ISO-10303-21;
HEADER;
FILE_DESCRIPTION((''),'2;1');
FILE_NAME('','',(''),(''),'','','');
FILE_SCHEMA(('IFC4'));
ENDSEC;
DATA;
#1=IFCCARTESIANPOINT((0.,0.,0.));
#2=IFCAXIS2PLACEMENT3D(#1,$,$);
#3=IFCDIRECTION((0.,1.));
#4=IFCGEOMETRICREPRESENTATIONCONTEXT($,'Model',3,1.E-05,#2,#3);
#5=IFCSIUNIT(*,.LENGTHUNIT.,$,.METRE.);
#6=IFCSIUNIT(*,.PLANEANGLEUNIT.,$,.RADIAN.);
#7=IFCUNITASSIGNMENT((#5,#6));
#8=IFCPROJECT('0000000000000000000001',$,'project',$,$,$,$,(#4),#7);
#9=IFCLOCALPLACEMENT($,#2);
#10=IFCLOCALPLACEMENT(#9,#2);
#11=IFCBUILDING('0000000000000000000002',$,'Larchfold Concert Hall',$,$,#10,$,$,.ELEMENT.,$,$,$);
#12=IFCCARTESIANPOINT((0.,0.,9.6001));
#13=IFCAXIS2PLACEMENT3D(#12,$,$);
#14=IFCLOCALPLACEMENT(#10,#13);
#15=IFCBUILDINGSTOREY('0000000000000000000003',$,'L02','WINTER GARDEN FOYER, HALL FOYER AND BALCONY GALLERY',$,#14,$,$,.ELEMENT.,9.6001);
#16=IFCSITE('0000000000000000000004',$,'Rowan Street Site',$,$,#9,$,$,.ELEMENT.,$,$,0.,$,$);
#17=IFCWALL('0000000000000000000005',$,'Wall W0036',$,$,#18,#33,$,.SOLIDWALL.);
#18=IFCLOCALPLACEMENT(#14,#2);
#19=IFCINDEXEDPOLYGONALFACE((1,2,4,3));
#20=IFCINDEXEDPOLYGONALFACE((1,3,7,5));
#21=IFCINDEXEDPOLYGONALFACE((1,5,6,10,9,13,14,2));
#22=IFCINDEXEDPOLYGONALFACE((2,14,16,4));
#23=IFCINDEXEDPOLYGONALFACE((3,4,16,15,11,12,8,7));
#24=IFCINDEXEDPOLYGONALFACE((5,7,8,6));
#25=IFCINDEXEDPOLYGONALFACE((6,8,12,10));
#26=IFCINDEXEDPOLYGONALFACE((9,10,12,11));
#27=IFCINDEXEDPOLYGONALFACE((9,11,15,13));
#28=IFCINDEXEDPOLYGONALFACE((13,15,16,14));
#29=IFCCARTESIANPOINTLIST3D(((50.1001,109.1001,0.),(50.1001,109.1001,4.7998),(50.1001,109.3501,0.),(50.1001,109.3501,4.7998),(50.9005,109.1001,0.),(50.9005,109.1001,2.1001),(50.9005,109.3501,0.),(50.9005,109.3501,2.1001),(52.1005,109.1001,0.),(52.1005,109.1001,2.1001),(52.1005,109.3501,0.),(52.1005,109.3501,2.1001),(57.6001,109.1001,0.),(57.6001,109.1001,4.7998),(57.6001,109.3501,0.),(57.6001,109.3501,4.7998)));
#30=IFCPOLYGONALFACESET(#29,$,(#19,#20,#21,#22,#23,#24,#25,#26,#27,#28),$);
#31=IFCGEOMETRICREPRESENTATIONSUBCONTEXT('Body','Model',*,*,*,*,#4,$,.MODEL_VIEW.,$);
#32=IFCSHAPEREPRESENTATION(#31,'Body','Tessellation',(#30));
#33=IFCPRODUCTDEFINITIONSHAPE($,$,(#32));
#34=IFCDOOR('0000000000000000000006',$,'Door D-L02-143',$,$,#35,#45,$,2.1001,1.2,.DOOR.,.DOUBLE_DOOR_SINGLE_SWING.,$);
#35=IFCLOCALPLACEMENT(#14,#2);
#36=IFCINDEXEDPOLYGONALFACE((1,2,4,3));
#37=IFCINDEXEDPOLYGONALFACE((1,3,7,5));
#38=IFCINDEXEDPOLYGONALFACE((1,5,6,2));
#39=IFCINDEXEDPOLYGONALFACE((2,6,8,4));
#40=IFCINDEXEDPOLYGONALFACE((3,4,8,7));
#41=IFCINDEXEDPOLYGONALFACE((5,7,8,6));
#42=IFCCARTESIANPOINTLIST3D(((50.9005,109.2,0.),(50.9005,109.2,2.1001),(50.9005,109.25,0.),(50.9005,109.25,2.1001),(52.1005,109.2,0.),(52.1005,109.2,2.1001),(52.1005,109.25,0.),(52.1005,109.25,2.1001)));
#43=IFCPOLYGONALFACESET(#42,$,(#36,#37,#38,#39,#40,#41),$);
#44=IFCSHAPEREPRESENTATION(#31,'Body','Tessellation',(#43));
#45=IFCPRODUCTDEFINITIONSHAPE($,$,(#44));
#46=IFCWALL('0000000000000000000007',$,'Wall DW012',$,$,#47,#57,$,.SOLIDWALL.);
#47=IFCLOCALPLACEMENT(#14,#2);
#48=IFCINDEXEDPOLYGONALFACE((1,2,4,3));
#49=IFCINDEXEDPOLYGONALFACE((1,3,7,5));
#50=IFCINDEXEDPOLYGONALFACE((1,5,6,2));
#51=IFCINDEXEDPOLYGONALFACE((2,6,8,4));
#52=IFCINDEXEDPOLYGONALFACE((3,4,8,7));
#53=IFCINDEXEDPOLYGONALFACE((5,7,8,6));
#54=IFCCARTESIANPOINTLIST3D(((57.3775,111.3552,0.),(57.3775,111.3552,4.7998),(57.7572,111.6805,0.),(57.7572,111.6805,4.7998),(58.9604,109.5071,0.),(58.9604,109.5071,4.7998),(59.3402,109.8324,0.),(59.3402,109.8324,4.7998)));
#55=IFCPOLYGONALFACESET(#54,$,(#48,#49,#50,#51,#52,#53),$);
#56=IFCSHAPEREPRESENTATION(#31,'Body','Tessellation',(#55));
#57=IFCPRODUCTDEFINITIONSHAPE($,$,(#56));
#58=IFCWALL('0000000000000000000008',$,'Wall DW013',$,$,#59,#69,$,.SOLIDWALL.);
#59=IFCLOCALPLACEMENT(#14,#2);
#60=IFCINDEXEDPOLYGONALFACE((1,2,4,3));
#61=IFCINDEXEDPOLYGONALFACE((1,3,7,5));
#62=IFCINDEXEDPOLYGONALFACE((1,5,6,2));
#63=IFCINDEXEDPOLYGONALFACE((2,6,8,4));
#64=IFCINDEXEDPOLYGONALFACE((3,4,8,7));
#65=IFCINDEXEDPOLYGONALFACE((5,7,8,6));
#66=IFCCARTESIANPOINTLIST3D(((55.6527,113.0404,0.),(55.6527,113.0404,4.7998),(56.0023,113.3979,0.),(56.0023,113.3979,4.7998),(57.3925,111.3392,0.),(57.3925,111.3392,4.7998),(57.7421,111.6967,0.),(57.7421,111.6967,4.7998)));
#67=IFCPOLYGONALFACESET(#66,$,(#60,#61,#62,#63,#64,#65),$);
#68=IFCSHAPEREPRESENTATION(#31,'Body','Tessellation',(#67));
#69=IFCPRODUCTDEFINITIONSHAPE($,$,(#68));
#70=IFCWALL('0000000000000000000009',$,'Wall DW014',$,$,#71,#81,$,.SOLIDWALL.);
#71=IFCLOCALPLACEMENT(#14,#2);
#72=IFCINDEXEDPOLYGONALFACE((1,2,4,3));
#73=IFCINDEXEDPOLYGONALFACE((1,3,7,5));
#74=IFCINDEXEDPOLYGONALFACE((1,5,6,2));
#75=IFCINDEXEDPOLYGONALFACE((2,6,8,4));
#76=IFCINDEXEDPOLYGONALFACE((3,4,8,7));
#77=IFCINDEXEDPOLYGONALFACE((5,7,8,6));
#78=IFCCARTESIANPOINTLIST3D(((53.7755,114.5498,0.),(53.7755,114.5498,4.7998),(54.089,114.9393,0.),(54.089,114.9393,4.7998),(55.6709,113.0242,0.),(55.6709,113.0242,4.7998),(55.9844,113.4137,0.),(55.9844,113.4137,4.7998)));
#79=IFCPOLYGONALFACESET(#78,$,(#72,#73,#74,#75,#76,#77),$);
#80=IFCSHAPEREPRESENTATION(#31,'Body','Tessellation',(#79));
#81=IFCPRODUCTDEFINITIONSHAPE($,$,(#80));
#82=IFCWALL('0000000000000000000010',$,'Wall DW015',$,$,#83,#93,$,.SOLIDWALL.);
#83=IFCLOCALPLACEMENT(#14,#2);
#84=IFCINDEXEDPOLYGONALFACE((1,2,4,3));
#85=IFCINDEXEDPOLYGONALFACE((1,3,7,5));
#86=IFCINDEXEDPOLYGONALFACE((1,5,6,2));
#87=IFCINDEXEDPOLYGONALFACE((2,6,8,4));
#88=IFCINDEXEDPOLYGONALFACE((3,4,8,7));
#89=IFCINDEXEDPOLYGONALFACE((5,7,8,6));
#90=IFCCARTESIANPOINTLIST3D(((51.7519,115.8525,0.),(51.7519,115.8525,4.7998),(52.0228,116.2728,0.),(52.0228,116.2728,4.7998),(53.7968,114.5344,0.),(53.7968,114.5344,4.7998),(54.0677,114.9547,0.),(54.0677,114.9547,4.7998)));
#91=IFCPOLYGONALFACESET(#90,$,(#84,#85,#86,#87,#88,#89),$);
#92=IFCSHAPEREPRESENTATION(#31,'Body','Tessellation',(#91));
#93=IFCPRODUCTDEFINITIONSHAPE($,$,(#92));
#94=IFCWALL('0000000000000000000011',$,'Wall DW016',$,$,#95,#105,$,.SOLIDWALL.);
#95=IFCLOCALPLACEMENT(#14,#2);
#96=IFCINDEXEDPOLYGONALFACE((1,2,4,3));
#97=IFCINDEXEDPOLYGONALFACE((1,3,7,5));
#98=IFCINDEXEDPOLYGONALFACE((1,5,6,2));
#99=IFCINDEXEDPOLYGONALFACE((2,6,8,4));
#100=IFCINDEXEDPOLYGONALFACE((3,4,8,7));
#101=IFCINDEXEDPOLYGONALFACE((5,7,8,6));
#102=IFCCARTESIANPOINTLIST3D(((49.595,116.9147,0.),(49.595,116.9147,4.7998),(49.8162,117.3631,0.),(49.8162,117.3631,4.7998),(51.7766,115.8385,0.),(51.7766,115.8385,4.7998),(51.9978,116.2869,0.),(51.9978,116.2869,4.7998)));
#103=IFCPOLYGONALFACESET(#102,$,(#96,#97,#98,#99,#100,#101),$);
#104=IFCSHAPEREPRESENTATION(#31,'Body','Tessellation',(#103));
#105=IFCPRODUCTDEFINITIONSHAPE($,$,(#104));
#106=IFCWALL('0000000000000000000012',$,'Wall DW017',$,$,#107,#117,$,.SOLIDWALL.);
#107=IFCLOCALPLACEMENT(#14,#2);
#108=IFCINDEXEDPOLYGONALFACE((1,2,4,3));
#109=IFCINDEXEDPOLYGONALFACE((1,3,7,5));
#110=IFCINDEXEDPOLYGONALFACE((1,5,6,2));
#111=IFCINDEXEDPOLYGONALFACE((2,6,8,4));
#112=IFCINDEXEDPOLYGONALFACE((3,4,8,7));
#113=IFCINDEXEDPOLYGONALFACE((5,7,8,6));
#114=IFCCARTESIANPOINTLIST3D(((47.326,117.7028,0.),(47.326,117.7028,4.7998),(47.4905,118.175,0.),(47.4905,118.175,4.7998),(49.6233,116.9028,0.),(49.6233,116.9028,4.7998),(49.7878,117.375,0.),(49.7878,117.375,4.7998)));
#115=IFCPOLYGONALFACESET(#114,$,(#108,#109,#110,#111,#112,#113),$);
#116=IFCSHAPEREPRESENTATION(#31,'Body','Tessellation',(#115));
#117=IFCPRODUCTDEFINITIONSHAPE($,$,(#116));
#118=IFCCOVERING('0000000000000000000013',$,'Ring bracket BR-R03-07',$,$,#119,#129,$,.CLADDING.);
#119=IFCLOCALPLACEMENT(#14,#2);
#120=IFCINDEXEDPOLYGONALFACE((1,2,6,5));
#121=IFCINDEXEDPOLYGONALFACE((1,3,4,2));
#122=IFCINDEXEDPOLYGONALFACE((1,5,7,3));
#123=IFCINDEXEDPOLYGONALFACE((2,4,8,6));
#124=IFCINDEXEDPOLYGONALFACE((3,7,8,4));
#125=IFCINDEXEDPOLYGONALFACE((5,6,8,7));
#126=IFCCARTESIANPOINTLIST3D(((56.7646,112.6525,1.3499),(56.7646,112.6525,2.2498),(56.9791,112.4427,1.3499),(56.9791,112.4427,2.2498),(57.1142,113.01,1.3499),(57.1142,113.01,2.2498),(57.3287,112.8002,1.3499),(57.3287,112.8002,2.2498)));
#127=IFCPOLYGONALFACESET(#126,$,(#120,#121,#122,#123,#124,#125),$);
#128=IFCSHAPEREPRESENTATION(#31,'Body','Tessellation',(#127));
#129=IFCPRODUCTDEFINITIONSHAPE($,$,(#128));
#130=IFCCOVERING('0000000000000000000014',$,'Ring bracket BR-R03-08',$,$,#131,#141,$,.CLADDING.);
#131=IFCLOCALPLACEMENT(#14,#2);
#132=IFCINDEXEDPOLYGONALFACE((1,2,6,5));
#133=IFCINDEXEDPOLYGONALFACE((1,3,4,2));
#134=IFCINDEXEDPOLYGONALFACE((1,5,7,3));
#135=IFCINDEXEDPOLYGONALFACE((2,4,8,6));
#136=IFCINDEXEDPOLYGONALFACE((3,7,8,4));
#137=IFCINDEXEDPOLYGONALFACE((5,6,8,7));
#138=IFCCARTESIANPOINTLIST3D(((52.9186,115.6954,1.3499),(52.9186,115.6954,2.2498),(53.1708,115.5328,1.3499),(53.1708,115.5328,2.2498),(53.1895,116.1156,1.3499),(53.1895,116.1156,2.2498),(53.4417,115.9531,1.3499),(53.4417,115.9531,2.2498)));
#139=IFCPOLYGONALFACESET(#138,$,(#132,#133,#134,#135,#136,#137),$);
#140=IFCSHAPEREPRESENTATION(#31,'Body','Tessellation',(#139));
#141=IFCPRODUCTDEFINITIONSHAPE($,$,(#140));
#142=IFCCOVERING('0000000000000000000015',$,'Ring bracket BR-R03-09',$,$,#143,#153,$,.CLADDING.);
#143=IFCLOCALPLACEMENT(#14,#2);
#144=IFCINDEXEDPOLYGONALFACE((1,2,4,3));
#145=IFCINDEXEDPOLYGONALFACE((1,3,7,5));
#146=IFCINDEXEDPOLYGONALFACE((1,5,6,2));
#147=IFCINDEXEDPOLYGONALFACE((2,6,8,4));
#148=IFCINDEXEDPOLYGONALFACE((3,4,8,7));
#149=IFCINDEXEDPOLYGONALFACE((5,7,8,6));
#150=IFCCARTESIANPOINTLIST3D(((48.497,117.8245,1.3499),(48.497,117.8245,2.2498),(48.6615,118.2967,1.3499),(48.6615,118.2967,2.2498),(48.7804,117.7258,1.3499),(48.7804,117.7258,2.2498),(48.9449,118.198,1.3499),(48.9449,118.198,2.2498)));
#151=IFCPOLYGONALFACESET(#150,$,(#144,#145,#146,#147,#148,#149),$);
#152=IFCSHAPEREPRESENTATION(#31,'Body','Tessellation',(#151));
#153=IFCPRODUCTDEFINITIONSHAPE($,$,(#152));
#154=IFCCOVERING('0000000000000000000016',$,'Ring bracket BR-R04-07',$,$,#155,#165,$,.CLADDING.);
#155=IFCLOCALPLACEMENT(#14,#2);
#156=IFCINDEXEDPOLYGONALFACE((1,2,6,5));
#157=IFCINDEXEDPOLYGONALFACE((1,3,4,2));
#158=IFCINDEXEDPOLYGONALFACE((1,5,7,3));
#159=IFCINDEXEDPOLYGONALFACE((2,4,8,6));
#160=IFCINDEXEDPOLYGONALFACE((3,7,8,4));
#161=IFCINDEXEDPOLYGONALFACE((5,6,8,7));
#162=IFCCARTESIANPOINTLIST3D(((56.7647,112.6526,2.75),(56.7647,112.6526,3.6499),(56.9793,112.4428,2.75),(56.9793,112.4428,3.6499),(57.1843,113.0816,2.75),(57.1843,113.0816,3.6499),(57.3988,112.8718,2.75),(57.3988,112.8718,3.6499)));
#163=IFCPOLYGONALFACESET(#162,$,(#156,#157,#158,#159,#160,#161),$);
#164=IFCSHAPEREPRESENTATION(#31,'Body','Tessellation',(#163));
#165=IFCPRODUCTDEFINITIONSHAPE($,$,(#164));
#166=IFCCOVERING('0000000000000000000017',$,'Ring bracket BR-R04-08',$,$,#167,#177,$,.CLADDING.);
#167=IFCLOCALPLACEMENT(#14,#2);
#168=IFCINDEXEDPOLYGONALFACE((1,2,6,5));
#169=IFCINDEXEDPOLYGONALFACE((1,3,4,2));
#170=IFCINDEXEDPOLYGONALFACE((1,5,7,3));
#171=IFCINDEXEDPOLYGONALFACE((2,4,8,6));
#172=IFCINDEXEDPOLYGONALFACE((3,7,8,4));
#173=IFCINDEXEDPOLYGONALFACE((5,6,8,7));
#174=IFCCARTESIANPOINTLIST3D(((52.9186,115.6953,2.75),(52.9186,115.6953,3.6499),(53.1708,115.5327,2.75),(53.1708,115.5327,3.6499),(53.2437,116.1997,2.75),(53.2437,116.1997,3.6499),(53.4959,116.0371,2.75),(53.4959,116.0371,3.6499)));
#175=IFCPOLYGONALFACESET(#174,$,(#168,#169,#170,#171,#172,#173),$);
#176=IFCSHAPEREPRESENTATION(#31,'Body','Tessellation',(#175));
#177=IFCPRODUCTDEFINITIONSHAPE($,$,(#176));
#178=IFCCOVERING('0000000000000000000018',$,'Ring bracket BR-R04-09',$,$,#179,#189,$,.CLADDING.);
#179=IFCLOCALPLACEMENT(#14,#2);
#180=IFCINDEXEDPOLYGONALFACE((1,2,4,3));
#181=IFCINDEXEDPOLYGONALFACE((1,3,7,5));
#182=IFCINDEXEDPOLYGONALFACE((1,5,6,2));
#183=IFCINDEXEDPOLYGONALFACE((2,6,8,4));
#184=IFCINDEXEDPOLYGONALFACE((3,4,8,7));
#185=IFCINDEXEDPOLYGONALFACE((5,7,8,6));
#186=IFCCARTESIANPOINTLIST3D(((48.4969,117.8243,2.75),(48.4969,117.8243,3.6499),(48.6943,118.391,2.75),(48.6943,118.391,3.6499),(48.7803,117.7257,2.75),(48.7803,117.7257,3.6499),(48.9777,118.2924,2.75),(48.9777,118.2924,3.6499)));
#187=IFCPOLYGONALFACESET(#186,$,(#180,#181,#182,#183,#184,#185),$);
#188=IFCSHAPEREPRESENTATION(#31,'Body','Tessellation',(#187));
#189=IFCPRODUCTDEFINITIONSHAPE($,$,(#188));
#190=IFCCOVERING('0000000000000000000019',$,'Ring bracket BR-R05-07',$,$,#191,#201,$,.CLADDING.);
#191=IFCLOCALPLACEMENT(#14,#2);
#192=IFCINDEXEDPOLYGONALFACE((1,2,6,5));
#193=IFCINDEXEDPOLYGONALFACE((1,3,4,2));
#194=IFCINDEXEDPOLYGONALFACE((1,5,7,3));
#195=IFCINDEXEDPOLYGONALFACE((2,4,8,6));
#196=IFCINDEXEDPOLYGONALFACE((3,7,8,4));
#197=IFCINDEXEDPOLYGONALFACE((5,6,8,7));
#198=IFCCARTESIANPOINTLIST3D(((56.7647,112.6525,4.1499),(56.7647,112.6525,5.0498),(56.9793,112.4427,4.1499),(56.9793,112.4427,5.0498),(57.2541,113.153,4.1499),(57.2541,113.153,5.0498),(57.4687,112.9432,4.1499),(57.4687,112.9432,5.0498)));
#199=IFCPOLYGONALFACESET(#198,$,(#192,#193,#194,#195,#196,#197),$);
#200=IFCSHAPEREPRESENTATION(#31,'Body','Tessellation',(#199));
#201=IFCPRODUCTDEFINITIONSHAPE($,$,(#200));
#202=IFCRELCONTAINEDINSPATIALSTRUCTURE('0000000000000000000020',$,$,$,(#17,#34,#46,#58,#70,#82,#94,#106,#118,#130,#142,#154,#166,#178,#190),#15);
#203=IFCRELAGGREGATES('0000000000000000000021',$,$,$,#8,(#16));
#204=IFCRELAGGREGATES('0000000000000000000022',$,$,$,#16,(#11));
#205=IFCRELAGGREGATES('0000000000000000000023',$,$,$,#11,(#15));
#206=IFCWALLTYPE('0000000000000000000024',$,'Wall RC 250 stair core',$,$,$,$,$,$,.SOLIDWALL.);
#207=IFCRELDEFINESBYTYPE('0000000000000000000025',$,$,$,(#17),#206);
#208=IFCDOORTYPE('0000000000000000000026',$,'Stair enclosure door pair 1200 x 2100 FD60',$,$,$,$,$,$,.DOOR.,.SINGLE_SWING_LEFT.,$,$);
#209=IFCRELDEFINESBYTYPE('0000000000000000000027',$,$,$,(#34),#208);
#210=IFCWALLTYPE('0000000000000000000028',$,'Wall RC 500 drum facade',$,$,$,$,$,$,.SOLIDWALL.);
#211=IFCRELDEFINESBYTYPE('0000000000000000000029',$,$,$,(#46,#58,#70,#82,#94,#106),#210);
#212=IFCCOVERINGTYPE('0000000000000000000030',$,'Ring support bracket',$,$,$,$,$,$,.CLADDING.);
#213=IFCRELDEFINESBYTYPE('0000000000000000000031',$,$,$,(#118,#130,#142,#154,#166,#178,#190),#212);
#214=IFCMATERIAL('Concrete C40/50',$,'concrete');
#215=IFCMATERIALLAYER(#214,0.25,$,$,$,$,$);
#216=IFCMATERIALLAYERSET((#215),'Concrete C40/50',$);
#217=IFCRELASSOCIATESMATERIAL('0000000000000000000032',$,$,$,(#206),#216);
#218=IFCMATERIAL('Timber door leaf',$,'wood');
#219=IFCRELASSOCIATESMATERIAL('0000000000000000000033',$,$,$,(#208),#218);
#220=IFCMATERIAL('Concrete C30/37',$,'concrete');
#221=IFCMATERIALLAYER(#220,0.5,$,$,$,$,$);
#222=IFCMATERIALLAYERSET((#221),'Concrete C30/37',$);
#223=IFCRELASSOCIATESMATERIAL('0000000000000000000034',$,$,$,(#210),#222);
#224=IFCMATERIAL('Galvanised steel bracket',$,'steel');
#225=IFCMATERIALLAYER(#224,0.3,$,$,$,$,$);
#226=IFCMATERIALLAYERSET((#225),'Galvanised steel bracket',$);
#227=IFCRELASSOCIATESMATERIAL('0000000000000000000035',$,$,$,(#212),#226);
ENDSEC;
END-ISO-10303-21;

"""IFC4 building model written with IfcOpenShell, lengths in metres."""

from ifc_helpers import new_model, si_unit, direction, frame, frame_2d, origin, origin_2d, place, context, subcontext, project, spatial, rectangle, extrude, material, layer, layer_set, type_object, element, fill, save


model = new_model("IFC4")

# Units and contexts
model_context = context("Model", 3, precision=1e-05, world=origin(), true_north=direction((0.0, 1.0)))
body_context = subcontext(model_context, "Body", "Model", "MODEL_VIEW")
ifc_project = project(units=[si_unit("LENGTHUNIT", "METRE"), si_unit("PLANEANGLEUNIT", "RADIAN")], contexts=[model_context])

# Site, building, storey
site_placement = place(None, origin())
site = spatial("IfcSite", under=ifc_project, at=site_placement, Name="Rowan Street Site", CompositionType="ELEMENT", RefElevation=0.0)
building_placement = place(site_placement, origin())
building = spatial("IfcBuilding", under=site, at=building_placement, Name="Larchfold Concert Hall", CompositionType="ELEMENT")
storey_placement = place(building_placement, frame((0.0, 0.0, 9.6001)))
storey = spatial("IfcBuildingStorey", under=building, at=storey_placement, Name="L02", Description="WINTER GARDEN FOYER, HALL FOYER AND BALCONY GALLERY", CompositionType="ELEMENT", Elevation=9.6001)

# Wall, opening, door
ifc_material_1 = material(Name="Concrete C40/50", Category="concrete")
ifc_layer_1 = layer(ifc_material_1, 0.25)
ifc_layer_set_1 = layer_set([ifc_layer_1], Name="Concrete C40/50")
wall_type_1 = type_object("IfcWallType", Name="Wall RC 250 stair core", PredefinedType="SOLIDWALL", material=ifc_layer_set_1)
wall_1_placement = place(storey_placement, frame((50.1001, 109.2251, 0.0), z_axis=(0.0, 0.0, 1.0), x_axis=(1.0, 0.0, 0.0)))
wall_1 = element("IfcWall", 1, at=wall_1_placement, inside=storey, type_object=wall_type_1, Name="Wall W0036", PredefinedType="SOLIDWALL", context=body_context, shape_type="SweptSolid", body=[
    extrude(rectangle(XDim=7.5, YDim=0.25, at=frame_2d((3.75, 0.0))), origin(), (0.0, 0.0, 1.0), 4.7998),
])
opening_1_placement = place(wall_1_placement, frame((0.8003, 0.0, 0.0)))
opening_1 = element("IfcOpeningElement", 2, at=opening_1_placement, cuts=wall_1, PredefinedType="OPENING", context=body_context, shape_type="SweptSolid", body=[
    extrude(rectangle(XDim=1.2, YDim=2.1001, at=frame_2d((0.6001, 1.05))), frame((0.0, 0.135, 0.0), z_axis=(0.0, -1.0, 0.0), x_axis=(1.0, 0.0, 0.0)), (0.0, 0.0, 1.0), 0.27),
])
ifc_material_2 = material(Name="Timber door leaf", Category="wood")
door_type_1 = type_object("IfcDoorType", Name="Stair enclosure door pair 1200 x 2100 FD60", OperationType="SINGLE_SWING_LEFT", PredefinedType="DOOR", material=ifc_material_2)
door_1_placement = place(opening_1_placement, origin())
door_1 = element("IfcDoor", 3, at=door_1_placement, inside=storey, type_object=door_type_1, Name="Door D-L02-143", OperationType="DOUBLE_DOOR_SINGLE_SWING", OverallHeight=2.1001, OverallWidth=1.2, PredefinedType="DOOR", context=body_context, shape_type="SweptSolid", body=[
    extrude(rectangle(XDim=1.2, YDim=2.1001, at=frame_2d((0.6001, 1.05))), frame((0.0, 0.0249, 0.0), z_axis=(0.0, -1.0, 0.0), x_axis=(1.0, 0.0, 0.0)), (0.0, 0.0, 1.0), 0.05),
])
fill(opening_1, door_1)

# Walls
ifc_material_3 = material(Name="Concrete C30/37", Category="concrete")
ifc_layer_2 = layer(ifc_material_3, 0.5)
ifc_layer_set_2 = layer_set([ifc_layer_2], Name="Concrete C30/37")
wall_type_2 = type_object("IfcWallType", Name="Wall RC 500 drum facade", PredefinedType="SOLIDWALL", material=ifc_layer_set_2)
for number, where, z_axis, x_axis, name in (
    (4, (59.1504, 109.6697, 0.0), (0.0, 0.0, 1.0), (-0.650527, 0.759483, 0.0), "Wall DW012"),
    (5, (57.5674, 111.5178, 0.0), (0.0, 0.0, 1.0), (-0.714989, 0.699136, 0.0), "Wall DW013"),
):
    element("IfcWall", number, at=place(storey_placement, frame(where, z_axis=z_axis, x_axis=x_axis)), inside=storey, type_object=wall_type_2, Name=name, PredefinedType="SOLIDWALL", context=body_context, shape_type="SweptSolid", body=[
        extrude(rectangle(XDim=2.4333, YDim=0.5, at=frame_2d((1.2168, 0.0))), origin(), (0.0, 0.0, 1.0), 4.7998),
    ])
wall_2_placement = place(storey_placement, frame((55.8276, 113.219, 0.0), z_axis=(0.0, 0.0, 1.0), x_axis=(-0.779015, 0.627005, 0.0)))
element("IfcWall", 6, at=wall_2_placement, inside=storey, type_object=wall_type_2, Name="Wall DW014", PredefinedType="SOLIDWALL", context=body_context, shape_type="SweptSolid", body=[
    extrude(rectangle(XDim=2.4331, YDim=0.5, at=frame_2d((1.2166, 0.0))), origin(), (0.0, 0.0, 1.0), 4.7998),
])
wall_3_placement = place(storey_placement, frame((53.9321, 114.7446, 0.0), z_axis=(0.0, 0.0, 1.0), x_axis=(-0.840519, 0.541782, 0.0)))
element("IfcWall", 7, at=wall_3_placement, inside=storey, type_object=wall_type_2, Name="Wall DW015", PredefinedType="SOLIDWALL", context=body_context, shape_type="SweptSolid", body=[
    extrude(rectangle(XDim=2.4329, YDim=0.5, at=frame_2d((1.2163, 0.0))), origin(), (0.0, 0.0, 1.0), 4.7998),
])
for number, where, z_axis, x_axis, name in (
    (8, (51.8872, 116.0627, 0.0), (0.0, 0.0, 1.0), (-0.896823, 0.44239, 0.0), "Wall DW016"),
    (9, (49.7056, 117.1389, 0.0), (0.0, 0.0, 1.0), (-0.944374, 0.328875, 0.0), "Wall DW017"),
):
    element("IfcWall", number, at=place(storey_placement, frame(where, z_axis=z_axis, x_axis=x_axis)), inside=storey, type_object=wall_type_2, Name=name, PredefinedType="SOLIDWALL", context=body_context, shape_type="SweptSolid", body=[
        extrude(rectangle(XDim=2.4326, YDim=0.5, at=frame_2d((1.2163, 0.0))), origin(), (0.0, 0.0, 1.0), 4.7998),
    ])

# Coverings
ifc_material_4 = material(Name="Galvanised steel bracket", Category="steel")
ifc_layer_3 = layer(ifc_material_4, 0.3)
ifc_layer_set_3 = layer_set([ifc_layer_3], Name="Galvanised steel bracket")
covering_type = type_object("IfcCoveringType", Name="Ring support bracket", PredefinedType="CLADDING", material=ifc_layer_set_3)
for number, where, z_axis, x_axis, name in (
    (10, (57.0466, 112.7263, 1.3499), (0.0, 0.0, 1.0), (0.699161, 0.714965, 0.0), "Ring bracket BR-R03-07"),
    (11, (53.1802, 115.8242, 1.3499), (0.0, 0.0, 1.0), (0.54181, 0.840501, 0.0), "Ring bracket BR-R03-08"),
    (12, (48.7209, 118.0112, 1.3499), (0.0, 0.0, 1.0), (0.32892, 0.944358, 0.0), "Ring bracket BR-R03-09"),
):
    element("IfcCovering", number, at=place(storey_placement, frame(where, z_axis=z_axis, x_axis=x_axis)), inside=storey, type_object=covering_type, Name=name, PredefinedType="CLADDING", context=body_context, shape_type="SweptSolid", body=[
        extrude(rectangle(XDim=0.5, YDim=0.3, at=origin_2d()), origin(), (0.0, 0.0, 1.0), 0.8999),
    ])
for number, where, z_axis, x_axis, name in (
    (13, (57.0818, 112.7622, 2.75), (0.0, 0.0, 1.0), (0.699161, 0.714965, 0.0), "Ring bracket BR-R04-07"),
    (14, (53.2073, 115.8662, 2.75), (0.0, 0.0, 1.0), (0.54181, 0.840501, 0.0), "Ring bracket BR-R04-08"),
    (15, (48.7373, 118.0583, 2.75), (0.0, 0.0, 1.0), (0.32892, 0.944358, 0.0), "Ring bracket BR-R04-09"),
):
    element("IfcCovering", number, at=place(storey_placement, frame(where, z_axis=z_axis, x_axis=x_axis)), inside=storey, type_object=covering_type, Name=name, PredefinedType="CLADDING", context=body_context, shape_type="SweptSolid", body=[
        extrude(rectangle(XDim=0.6001, YDim=0.3, at=origin_2d()), origin(), (0.0, 0.0, 1.0), 0.8999),
    ])
for number, where, z_axis, x_axis, name in (
    (16, (57.1167, 112.7979, 4.1499), (0.0, 0.0, 1.0), (0.699161, 0.714965, 0.0), "Ring bracket BR-R05-07"),
):
    element("IfcCovering", number, at=place(storey_placement, frame(where, z_axis=z_axis, x_axis=x_axis)), inside=storey, type_object=covering_type, Name=name, PredefinedType="CLADDING", context=body_context, shape_type="SweptSolid", body=[
        extrude(rectangle(XDim=0.7, YDim=0.3, at=origin_2d()), origin(), (0.0, 0.0, 1.0), 0.8999),
    ])

save(model, "model.ifc")
